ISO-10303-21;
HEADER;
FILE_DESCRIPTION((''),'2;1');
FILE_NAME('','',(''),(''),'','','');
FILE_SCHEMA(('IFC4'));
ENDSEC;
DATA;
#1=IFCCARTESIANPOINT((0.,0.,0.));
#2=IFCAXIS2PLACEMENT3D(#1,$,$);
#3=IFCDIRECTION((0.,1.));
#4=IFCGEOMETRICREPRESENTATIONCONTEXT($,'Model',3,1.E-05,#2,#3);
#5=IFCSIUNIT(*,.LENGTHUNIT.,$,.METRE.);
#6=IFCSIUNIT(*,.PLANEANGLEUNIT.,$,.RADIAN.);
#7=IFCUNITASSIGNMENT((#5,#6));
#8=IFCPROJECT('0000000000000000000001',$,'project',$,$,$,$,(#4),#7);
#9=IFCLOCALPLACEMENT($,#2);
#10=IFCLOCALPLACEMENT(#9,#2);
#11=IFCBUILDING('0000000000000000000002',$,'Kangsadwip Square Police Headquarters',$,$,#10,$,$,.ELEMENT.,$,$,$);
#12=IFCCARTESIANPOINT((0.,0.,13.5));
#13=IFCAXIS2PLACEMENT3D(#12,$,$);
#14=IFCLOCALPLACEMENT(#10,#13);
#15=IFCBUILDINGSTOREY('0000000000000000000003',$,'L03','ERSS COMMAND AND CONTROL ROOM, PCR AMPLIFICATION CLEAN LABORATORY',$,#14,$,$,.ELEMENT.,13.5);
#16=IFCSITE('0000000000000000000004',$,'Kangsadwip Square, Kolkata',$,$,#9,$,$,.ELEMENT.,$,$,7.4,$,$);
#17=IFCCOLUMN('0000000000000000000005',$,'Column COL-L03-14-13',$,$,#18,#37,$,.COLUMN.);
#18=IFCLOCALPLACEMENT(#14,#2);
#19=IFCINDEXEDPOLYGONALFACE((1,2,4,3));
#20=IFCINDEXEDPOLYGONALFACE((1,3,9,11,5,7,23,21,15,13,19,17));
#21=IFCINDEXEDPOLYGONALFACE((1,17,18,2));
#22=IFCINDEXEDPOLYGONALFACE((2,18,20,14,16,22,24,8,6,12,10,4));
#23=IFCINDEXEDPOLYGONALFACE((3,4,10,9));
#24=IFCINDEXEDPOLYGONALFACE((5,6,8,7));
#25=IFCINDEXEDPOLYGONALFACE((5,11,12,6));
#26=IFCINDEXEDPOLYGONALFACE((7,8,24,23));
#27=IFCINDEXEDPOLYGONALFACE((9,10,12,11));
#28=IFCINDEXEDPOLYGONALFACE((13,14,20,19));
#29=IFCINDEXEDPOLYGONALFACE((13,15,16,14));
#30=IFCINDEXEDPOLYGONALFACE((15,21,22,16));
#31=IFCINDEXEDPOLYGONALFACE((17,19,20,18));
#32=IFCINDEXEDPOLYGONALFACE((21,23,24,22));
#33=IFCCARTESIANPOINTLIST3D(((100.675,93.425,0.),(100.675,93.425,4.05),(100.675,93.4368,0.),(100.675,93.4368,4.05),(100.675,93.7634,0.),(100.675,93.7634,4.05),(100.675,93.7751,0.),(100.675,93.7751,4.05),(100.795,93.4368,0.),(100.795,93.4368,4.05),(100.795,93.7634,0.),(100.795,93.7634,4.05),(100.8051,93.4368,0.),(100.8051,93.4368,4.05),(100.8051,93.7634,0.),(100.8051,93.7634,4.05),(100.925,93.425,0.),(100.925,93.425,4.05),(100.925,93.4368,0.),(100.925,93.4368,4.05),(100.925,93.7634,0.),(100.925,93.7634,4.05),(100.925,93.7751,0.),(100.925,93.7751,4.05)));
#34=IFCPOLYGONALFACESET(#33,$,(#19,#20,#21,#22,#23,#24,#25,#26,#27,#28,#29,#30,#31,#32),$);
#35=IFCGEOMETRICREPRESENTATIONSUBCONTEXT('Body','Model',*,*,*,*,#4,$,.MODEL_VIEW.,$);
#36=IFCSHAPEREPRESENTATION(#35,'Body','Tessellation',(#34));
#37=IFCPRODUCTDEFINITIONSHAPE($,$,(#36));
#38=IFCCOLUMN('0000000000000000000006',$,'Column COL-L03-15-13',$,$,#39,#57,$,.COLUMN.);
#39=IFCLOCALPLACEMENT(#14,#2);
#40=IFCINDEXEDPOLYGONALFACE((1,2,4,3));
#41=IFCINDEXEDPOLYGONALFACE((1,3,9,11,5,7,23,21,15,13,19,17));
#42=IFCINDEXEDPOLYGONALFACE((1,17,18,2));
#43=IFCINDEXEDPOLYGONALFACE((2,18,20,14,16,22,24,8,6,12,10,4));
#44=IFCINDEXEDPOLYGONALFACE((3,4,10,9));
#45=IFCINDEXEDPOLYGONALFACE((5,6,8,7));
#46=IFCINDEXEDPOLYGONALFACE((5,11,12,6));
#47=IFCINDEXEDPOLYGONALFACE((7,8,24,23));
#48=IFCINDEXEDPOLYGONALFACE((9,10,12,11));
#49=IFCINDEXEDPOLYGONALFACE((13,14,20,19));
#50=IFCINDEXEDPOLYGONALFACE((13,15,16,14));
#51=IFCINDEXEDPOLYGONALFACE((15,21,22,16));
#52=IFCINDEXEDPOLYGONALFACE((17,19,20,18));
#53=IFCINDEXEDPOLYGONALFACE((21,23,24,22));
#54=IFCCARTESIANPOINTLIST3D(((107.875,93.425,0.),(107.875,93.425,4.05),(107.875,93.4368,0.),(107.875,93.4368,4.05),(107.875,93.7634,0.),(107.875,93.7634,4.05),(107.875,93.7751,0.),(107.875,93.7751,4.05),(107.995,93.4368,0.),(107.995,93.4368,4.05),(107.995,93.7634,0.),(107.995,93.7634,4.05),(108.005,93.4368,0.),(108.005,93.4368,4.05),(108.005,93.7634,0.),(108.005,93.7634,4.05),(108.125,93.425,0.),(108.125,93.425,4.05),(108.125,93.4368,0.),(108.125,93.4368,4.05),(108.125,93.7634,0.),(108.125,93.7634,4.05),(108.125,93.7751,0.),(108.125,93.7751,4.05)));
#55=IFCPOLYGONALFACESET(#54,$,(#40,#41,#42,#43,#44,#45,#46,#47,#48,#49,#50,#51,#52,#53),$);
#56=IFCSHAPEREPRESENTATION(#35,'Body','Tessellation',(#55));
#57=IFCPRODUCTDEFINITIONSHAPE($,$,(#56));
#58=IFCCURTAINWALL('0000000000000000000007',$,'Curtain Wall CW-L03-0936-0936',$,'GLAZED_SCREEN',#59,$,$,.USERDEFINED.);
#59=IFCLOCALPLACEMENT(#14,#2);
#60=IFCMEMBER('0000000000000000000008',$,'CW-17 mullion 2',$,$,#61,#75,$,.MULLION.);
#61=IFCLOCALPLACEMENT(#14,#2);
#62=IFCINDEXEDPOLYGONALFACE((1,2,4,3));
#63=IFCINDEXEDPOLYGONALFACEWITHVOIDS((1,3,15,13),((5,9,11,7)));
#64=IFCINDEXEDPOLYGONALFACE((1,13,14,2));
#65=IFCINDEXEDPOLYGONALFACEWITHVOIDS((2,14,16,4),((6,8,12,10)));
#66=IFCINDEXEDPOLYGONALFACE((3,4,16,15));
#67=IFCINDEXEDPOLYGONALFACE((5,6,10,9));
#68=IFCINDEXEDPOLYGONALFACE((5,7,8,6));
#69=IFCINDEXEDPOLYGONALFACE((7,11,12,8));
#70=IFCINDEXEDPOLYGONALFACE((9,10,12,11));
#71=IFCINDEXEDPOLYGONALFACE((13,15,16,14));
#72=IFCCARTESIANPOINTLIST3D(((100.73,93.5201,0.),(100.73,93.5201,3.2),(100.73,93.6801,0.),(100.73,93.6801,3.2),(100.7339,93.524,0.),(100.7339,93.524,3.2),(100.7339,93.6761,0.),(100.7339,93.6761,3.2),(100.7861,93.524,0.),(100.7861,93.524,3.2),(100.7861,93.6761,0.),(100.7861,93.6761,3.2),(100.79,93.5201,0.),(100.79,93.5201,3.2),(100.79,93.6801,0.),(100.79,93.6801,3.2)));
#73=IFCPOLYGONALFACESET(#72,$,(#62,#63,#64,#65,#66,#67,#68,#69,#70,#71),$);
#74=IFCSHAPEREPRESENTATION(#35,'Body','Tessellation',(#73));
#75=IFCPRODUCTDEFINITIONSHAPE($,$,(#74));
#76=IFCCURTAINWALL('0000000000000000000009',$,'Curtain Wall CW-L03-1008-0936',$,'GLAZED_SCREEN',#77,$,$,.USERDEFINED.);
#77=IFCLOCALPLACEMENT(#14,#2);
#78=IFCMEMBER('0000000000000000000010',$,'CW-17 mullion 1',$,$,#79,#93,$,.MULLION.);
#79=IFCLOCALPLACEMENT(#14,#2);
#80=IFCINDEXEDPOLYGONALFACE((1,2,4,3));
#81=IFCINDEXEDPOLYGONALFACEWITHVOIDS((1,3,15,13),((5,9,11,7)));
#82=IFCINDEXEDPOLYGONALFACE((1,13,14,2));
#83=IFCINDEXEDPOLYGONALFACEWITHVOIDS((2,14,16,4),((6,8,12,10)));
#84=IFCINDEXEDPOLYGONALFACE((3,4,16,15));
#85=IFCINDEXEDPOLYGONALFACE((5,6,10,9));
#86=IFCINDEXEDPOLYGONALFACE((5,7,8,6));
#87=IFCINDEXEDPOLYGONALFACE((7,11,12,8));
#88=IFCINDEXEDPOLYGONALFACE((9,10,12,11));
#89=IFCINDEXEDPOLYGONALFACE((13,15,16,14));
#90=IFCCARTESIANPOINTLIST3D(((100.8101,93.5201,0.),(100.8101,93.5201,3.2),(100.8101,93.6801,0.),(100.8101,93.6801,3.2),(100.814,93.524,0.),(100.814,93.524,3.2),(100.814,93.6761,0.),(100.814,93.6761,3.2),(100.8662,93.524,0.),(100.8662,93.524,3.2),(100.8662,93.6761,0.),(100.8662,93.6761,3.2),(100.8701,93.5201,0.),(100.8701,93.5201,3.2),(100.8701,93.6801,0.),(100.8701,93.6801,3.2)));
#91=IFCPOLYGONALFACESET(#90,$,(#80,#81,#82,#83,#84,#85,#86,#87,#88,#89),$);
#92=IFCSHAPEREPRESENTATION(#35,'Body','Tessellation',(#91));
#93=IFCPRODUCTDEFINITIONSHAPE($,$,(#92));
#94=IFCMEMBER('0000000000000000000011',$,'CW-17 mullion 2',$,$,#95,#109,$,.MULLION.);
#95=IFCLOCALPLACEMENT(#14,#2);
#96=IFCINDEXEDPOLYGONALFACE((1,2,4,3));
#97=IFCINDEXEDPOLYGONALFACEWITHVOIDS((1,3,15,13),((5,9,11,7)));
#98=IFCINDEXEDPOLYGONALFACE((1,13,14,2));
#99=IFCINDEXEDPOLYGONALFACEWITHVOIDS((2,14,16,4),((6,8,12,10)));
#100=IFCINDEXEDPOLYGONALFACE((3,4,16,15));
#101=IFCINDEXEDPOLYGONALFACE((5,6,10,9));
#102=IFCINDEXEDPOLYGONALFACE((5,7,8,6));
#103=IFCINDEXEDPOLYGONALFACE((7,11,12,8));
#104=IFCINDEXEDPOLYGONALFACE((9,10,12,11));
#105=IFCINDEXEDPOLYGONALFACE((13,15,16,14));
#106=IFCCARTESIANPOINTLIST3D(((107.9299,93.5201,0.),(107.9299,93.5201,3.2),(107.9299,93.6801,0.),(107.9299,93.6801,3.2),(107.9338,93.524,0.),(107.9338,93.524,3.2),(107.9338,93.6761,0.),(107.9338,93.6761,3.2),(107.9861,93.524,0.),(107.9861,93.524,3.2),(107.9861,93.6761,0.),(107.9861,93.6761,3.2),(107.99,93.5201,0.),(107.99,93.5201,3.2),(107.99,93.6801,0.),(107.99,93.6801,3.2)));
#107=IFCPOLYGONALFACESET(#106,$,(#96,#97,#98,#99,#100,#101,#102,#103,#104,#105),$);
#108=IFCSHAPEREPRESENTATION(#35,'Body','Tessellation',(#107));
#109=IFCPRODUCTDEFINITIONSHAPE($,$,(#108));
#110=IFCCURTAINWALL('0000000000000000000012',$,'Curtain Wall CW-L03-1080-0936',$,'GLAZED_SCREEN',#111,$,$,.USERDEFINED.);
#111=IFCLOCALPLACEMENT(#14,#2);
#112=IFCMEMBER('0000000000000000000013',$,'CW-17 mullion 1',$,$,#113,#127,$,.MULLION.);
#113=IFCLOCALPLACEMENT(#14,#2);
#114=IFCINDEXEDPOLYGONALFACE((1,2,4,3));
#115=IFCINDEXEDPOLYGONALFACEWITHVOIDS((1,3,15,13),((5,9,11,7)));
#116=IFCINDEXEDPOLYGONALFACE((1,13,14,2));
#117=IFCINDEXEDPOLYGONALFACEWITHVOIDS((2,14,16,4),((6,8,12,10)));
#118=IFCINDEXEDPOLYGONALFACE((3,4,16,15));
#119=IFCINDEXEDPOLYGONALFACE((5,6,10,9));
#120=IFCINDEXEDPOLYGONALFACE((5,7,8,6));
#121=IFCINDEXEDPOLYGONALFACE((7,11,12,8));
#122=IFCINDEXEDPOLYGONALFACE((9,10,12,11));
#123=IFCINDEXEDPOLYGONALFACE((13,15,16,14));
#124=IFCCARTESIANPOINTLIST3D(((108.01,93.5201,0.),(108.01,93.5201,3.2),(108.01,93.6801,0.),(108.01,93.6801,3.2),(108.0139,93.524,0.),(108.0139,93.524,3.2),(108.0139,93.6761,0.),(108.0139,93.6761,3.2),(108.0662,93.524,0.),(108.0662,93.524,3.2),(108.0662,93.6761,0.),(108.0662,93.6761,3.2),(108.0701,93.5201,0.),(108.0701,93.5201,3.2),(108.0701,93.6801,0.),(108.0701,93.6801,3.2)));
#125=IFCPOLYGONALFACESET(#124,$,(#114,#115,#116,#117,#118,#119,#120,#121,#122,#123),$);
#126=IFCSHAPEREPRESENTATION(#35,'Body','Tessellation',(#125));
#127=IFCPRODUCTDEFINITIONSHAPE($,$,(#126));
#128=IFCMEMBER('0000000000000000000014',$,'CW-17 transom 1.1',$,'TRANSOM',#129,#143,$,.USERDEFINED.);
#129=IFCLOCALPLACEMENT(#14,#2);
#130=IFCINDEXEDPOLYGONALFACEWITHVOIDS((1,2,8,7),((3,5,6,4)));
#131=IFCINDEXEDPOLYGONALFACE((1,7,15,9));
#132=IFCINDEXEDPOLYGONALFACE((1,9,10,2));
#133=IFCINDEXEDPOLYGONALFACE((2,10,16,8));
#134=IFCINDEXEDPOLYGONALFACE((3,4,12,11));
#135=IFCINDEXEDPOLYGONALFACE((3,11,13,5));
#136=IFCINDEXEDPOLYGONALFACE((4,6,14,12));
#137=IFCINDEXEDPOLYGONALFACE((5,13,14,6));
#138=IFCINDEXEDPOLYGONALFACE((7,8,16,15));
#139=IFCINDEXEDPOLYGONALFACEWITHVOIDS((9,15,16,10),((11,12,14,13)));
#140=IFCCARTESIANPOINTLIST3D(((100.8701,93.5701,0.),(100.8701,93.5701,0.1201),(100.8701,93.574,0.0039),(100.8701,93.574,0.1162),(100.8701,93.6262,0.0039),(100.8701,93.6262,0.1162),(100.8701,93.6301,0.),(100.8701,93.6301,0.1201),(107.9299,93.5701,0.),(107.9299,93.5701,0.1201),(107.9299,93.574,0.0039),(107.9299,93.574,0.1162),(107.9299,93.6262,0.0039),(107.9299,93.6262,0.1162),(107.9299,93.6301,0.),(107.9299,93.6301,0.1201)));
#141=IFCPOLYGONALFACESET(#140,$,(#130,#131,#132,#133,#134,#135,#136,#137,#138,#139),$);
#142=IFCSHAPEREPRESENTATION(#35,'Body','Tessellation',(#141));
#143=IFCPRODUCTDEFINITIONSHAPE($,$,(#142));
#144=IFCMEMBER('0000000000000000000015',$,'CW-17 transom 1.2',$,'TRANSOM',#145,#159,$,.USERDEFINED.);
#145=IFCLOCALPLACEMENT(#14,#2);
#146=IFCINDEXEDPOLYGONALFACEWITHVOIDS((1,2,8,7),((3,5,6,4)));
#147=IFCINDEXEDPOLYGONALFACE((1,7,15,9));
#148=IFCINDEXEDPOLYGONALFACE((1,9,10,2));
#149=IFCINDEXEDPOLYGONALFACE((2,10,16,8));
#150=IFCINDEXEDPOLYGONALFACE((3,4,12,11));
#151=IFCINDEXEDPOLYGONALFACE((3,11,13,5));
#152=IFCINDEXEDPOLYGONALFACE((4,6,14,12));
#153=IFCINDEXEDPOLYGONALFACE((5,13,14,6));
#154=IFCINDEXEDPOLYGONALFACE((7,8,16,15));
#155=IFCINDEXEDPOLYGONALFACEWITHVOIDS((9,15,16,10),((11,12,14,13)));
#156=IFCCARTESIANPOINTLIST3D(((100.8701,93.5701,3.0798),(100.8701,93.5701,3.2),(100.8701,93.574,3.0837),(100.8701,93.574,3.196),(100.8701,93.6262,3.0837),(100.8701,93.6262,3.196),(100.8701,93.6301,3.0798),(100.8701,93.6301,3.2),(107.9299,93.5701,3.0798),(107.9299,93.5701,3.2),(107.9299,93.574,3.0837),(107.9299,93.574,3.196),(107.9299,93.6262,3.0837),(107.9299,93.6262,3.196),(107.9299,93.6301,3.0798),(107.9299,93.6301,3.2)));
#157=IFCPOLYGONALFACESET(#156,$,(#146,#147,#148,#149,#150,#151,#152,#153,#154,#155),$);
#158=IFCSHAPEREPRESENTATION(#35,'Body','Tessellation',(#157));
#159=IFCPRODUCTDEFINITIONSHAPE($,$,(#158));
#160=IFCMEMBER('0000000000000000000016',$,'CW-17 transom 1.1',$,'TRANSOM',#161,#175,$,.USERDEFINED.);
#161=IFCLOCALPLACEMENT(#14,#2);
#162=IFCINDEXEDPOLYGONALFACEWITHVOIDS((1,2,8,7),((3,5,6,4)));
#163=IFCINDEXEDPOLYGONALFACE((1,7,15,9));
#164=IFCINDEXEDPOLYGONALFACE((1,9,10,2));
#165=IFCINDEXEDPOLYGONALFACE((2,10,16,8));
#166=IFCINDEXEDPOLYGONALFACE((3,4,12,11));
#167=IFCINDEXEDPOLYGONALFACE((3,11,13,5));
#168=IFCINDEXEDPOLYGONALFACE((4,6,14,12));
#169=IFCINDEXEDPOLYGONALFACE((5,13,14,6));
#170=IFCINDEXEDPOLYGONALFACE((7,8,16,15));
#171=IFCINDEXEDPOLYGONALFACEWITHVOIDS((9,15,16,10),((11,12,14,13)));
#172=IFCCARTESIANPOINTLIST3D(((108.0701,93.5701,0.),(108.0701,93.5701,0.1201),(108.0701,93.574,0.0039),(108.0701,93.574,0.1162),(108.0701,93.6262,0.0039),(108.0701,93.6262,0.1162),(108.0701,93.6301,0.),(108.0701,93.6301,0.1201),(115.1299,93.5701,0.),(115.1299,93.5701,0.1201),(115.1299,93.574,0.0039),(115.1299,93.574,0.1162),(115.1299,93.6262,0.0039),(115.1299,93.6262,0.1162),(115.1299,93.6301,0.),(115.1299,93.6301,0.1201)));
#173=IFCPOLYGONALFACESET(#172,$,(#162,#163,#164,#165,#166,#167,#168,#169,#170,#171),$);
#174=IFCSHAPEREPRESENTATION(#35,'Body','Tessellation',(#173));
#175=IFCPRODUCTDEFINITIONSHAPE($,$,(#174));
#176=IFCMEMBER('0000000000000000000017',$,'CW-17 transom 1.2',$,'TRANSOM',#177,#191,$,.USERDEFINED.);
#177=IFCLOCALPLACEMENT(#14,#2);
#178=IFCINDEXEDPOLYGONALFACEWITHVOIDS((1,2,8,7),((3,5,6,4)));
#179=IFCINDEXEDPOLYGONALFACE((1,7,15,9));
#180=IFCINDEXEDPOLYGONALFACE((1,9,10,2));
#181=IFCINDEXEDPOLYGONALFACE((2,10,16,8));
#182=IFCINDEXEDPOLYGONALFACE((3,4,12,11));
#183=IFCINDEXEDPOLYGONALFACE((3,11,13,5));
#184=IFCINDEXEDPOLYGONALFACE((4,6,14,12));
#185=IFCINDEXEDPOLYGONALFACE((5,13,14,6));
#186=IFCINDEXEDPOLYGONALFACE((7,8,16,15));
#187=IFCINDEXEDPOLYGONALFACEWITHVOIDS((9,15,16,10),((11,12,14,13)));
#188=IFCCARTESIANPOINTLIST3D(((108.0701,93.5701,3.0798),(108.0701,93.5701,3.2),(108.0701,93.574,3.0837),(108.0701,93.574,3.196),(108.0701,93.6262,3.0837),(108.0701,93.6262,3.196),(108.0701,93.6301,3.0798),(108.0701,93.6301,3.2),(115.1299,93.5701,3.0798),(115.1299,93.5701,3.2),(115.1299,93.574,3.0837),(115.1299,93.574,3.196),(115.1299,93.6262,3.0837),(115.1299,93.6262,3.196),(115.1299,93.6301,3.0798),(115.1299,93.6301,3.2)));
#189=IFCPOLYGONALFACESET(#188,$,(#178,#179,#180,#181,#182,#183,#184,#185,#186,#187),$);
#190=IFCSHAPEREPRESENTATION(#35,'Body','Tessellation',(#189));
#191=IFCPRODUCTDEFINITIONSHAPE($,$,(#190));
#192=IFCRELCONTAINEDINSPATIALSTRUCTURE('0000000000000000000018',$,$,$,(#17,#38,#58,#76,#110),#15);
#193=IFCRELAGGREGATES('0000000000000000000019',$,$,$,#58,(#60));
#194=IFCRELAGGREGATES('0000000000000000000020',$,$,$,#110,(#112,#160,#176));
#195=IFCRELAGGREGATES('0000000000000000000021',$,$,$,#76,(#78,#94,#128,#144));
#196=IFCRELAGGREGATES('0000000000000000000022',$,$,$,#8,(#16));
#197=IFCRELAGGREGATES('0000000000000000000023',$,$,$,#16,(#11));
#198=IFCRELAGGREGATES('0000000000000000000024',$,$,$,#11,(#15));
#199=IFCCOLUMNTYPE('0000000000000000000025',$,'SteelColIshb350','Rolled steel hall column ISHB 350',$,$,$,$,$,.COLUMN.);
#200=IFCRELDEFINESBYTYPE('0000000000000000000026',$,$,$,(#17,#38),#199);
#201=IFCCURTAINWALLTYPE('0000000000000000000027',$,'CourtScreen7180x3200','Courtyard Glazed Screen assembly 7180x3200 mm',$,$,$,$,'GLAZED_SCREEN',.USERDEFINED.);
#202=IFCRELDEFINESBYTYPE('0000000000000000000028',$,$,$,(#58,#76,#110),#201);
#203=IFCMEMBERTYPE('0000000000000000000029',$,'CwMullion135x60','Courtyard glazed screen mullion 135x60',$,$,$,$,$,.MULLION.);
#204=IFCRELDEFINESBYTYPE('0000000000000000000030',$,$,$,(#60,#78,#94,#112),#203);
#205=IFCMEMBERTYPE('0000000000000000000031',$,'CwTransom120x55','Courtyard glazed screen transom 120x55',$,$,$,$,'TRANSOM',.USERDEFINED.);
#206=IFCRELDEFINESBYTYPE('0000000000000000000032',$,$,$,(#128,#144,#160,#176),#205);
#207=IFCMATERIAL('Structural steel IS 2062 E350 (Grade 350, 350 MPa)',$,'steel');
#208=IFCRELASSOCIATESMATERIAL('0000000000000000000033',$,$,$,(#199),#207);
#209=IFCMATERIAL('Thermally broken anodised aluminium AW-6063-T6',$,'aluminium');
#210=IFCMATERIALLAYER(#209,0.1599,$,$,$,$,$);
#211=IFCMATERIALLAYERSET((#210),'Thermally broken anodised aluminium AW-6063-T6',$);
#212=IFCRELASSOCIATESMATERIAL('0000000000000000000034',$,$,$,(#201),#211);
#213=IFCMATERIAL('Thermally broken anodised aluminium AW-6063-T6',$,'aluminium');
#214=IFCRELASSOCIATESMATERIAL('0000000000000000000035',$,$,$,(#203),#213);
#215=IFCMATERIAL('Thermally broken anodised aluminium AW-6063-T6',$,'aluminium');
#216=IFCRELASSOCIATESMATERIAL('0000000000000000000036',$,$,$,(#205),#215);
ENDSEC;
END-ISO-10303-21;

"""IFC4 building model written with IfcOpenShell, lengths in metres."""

from ifc_helpers import new_model, si_unit, direction, frame, origin, origin_2d, place, context, subcontext, project, spatial, hollow_rectangle, i_section, extrude, material, layer, layer_set, material_profile, profile_set, type_object, element, aggregate, save


model = new_model("IFC4")

# Units and contexts
model_context = context("Model", 3, precision=1e-05, world=origin(), true_north=direction((0.0, 1.0)))
body_context = subcontext(model_context, "Body", "Model", "MODEL_VIEW")
ifc_project = project(units=[si_unit("LENGTHUNIT", "METRE"), si_unit("PLANEANGLEUNIT", "RADIAN")], contexts=[model_context])

# Site, building, storey
site_placement = place(None, origin())
site = spatial("IfcSite", under=ifc_project, at=site_placement, Name="Kangsadwip Square, Kolkata", CompositionType="ELEMENT", RefElevation=7.4)
building_placement = place(site_placement, origin())
building = spatial("IfcBuilding", under=site, at=building_placement, Name="Kangsadwip Square Police Headquarters", CompositionType="ELEMENT")
storey_placement = place(building_placement, frame((0.0, 0.0, 13.5)))
storey = spatial("IfcBuildingStorey", under=building, at=storey_placement, Name="L03", Description="ERSS COMMAND AND CONTROL ROOM, PCR AMPLIFICATION CLEAN LABORATORY", CompositionType="ELEMENT", Elevation=13.5)

# Columns
ifc_material_1 = material(Name="Structural steel IS 2062 E350 (Grade 350, 350 MPa)", Category="steel")
ifc_material_profile_1 = material_profile(ifc_material_1, i_section(OverallWidth=0.25, OverallDepth=0.3501, WebThickness=0.01, FlangeThickness=0.0117, at=origin_2d()), Name="ISHB 350")
ifc_profile_set_1 = profile_set([ifc_material_profile_1], Name="Structural steel IS 2062 E350 (Grade 350, 350 MPa)")
column_type = type_object("IfcColumnType", Name="SteelColIshb350", Description="Rolled steel hall column ISHB 350", PredefinedType="COLUMN", material=ifc_profile_set_1)
for number, where, z_axis, x_axis, name in (
    (1, (100.8, 93.6001, 0.0), (0.0, 0.0, 1.0), (1.0, 0.0, 0.0), "Column COL-L03-14-13"),
    (2, (108.0, 93.6001, 0.0), (0.0, 0.0, 1.0), (1.0, 0.0, 0.0), "Column COL-L03-15-13"),
):
    element("IfcColumn", number, at=place(storey_placement, frame(where, z_axis=z_axis, x_axis=x_axis)), inside=storey, type_object=column_type, Name=name, PredefinedType="COLUMN", context=body_context, shape_type="SweptSolid", body=[
        extrude(i_section(OverallWidth=0.25, OverallDepth=0.3501, WebThickness=0.01, FlangeThickness=0.0117, at=origin_2d()), origin(), (0.0, 0.0, 1.0), 4.05),
    ])

# Curtain wall, member
ifc_material_2 = material(Name="Thermally broken anodised aluminium AW-6063-T6", Category="aluminium")
ifc_layer_1 = layer(ifc_material_2, 0.1599)
ifc_layer_set_1 = layer_set([ifc_layer_1], Name="Thermally broken anodised aluminium AW-6063-T6")
curtain_wall_type = type_object("IfcCurtainWallType", Name="CourtScreen7180x3200", Description="Courtyard Glazed Screen assembly 7180x3200 mm", ElementType="GLAZED_SCREEN", PredefinedType="USERDEFINED", material=ifc_layer_set_1)
curtain_wall_1_placement = place(storey_placement, origin())
curtain_wall_1 = element("IfcCurtainWall", 3, at=curtain_wall_1_placement, inside=storey, type_object=curtain_wall_type, Name="Curtain Wall CW-L03-0936-0936", ObjectType="GLAZED_SCREEN", PredefinedType="USERDEFINED")
ifc_material_3 = material(Name="Thermally broken anodised aluminium AW-6063-T6", Category="aluminium")
ifc_material_profile_2 = material_profile(ifc_material_3, hollow_rectangle(XDim=0.0601, YDim=0.1599, WallThickness=0.0039, at=origin_2d()), Name="CWM 160X60X4")
ifc_profile_set_2 = profile_set([ifc_material_profile_2], Name="Thermally broken anodised aluminium AW-6063-T6")
member_type_1 = type_object("IfcMemberType", Name="CwMullion135x60", Description="Courtyard glazed screen mullion 135x60", PredefinedType="MULLION", material=ifc_profile_set_2)
member_1_placement = place(storey_placement, frame((100.76, 93.6001, 0.0), z_axis=(0.0, 0.0, 1.0), x_axis=(1.0, 0.0, 0.0)))
member_1 = element("IfcMember", 4, at=member_1_placement, type_object=member_type_1, Name="CW-17 mullion 2", PredefinedType="MULLION", context=body_context, shape_type="SweptSolid", body=[
    extrude(hollow_rectangle(XDim=0.0601, YDim=0.1599, WallThickness=0.0039, at=origin_2d()), origin(), (0.0, 0.0, 1.0), 3.2),
])
aggregate(curtain_wall_1, [member_1])

# Curtain wall, members
curtain_wall_2_placement = place(storey_placement, origin())
curtain_wall_2 = element("IfcCurtainWall", 5, at=curtain_wall_2_placement, inside=storey, type_object=curtain_wall_type, Name="Curtain Wall CW-L03-1008-0936", ObjectType="GLAZED_SCREEN", PredefinedType="USERDEFINED")
member_2_placement = place(storey_placement, frame((100.8401, 93.6001, 0.0), z_axis=(0.0, 0.0, 1.0), x_axis=(1.0, 0.0, 0.0)))
member_2 = element("IfcMember", 6, at=member_2_placement, type_object=member_type_1, Name="CW-17 mullion 1", PredefinedType="MULLION", context=body_context, shape_type="SweptSolid", body=[
    extrude(hollow_rectangle(XDim=0.0601, YDim=0.1599, WallThickness=0.0039, at=origin_2d()), origin(), (0.0, 0.0, 1.0), 3.2),
])
member_3_placement = place(storey_placement, frame((107.96, 93.6001, 0.0), z_axis=(0.0, 0.0, 1.0), x_axis=(1.0, 0.0, 0.0)))
member_3 = element("IfcMember", 7, at=member_3_placement, type_object=member_type_1, Name="CW-17 mullion 2", PredefinedType="MULLION", context=body_context, shape_type="SweptSolid", body=[
    extrude(hollow_rectangle(XDim=0.0601, YDim=0.1599, WallThickness=0.0039, at=origin_2d()), origin(), (0.0, 0.0, 1.0), 3.2),
])

# Curtain wall, member
curtain_wall_3_placement = place(storey_placement, origin())
curtain_wall_3 = element("IfcCurtainWall", 8, at=curtain_wall_3_placement, inside=storey, type_object=curtain_wall_type, Name="Curtain Wall CW-L03-1080-0936", ObjectType="GLAZED_SCREEN", PredefinedType="USERDEFINED")
member_4_placement = place(storey_placement, frame((108.04, 93.6001, 0.0), z_axis=(0.0, 0.0, 1.0), x_axis=(1.0, 0.0, 0.0)))
member_4 = element("IfcMember", 9, at=member_4_placement, type_object=member_type_1, Name="CW-17 mullion 1", PredefinedType="MULLION", context=body_context, shape_type="SweptSolid", body=[
    extrude(hollow_rectangle(XDim=0.0601, YDim=0.1599, WallThickness=0.0039, at=origin_2d()), origin(), (0.0, 0.0, 1.0), 3.2),
])

# Members
ifc_material_4 = material(Name="Thermally broken anodised aluminium AW-6063-T6", Category="aluminium")
ifc_material_profile_3 = material_profile(ifc_material_4, hollow_rectangle(XDim=0.0601, YDim=0.1201, WallThickness=0.0039, at=origin_2d()), Name="CWT 120X60X4")
ifc_profile_set_3 = profile_set([ifc_material_profile_3], Name="Thermally broken anodised aluminium AW-6063-T6")
member_type_2 = type_object("IfcMemberType", Name="CwTransom120x55", Description="Courtyard glazed screen transom 120x55", ElementType="TRANSOM", PredefinedType="USERDEFINED", material=ifc_profile_set_3)
member_5_placement = place(storey_placement, frame((100.8701, 93.6001, 0.0601), z_axis=(1.0, 0.0, 0.0), x_axis=(0.0, 1.0, 0.0)))
member_5 = element("IfcMember", 10, at=member_5_placement, type_object=member_type_2, Name="CW-17 transom 1.1", ObjectType="TRANSOM", PredefinedType="USERDEFINED", context=body_context, shape_type="SweptSolid", body=[
    extrude(hollow_rectangle(XDim=0.0601, YDim=0.1201, WallThickness=0.0039, at=origin_2d()), origin(), (0.0, 0.0, 1.0), 7.0598),
])
member_6_placement = place(storey_placement, frame((100.8701, 93.6001, 3.1399), z_axis=(1.0, 0.0, 0.0), x_axis=(0.0, 1.0, 0.0)))
member_6 = element("IfcMember", 11, at=member_6_placement, type_object=member_type_2, Name="CW-17 transom 1.2", ObjectType="TRANSOM", PredefinedType="USERDEFINED", context=body_context, shape_type="SweptSolid", body=[
    extrude(hollow_rectangle(XDim=0.0601, YDim=0.1201, WallThickness=0.0039, at=origin_2d()), origin(), (0.0, 0.0, 1.0), 7.0598),
])
member_7_placement = place(storey_placement, frame((108.0701, 93.6001, 0.0601), z_axis=(1.0, 0.0, 0.0), x_axis=(0.0, 1.0, 0.0)))
member_7 = element("IfcMember", 12, at=member_7_placement, type_object=member_type_2, Name="CW-17 transom 1.1", ObjectType="TRANSOM", PredefinedType="USERDEFINED", context=body_context, shape_type="SweptSolid", body=[
    extrude(hollow_rectangle(XDim=0.0601, YDim=0.1201, WallThickness=0.0039, at=origin_2d()), origin(), (0.0, 0.0, 1.0), 7.0598),
])
member_8_placement = place(storey_placement, frame((108.0701, 93.6001, 3.1399), z_axis=(1.0, 0.0, 0.0), x_axis=(0.0, 1.0, 0.0)))
member_8 = element("IfcMember", 13, at=member_8_placement, type_object=member_type_2, Name="CW-17 transom 1.2", ObjectType="TRANSOM", PredefinedType="USERDEFINED", context=body_context, shape_type="SweptSolid", body=[
    extrude(hollow_rectangle(XDim=0.0601, YDim=0.1201, WallThickness=0.0039, at=origin_2d()), origin(), (0.0, 0.0, 1.0), 7.0598),
])
aggregate(curtain_wall_3, [member_4, member_7, member_8])

aggregate(curtain_wall_2, [member_2, member_3, member_5, member_6])

save(model, "model.ifc")
